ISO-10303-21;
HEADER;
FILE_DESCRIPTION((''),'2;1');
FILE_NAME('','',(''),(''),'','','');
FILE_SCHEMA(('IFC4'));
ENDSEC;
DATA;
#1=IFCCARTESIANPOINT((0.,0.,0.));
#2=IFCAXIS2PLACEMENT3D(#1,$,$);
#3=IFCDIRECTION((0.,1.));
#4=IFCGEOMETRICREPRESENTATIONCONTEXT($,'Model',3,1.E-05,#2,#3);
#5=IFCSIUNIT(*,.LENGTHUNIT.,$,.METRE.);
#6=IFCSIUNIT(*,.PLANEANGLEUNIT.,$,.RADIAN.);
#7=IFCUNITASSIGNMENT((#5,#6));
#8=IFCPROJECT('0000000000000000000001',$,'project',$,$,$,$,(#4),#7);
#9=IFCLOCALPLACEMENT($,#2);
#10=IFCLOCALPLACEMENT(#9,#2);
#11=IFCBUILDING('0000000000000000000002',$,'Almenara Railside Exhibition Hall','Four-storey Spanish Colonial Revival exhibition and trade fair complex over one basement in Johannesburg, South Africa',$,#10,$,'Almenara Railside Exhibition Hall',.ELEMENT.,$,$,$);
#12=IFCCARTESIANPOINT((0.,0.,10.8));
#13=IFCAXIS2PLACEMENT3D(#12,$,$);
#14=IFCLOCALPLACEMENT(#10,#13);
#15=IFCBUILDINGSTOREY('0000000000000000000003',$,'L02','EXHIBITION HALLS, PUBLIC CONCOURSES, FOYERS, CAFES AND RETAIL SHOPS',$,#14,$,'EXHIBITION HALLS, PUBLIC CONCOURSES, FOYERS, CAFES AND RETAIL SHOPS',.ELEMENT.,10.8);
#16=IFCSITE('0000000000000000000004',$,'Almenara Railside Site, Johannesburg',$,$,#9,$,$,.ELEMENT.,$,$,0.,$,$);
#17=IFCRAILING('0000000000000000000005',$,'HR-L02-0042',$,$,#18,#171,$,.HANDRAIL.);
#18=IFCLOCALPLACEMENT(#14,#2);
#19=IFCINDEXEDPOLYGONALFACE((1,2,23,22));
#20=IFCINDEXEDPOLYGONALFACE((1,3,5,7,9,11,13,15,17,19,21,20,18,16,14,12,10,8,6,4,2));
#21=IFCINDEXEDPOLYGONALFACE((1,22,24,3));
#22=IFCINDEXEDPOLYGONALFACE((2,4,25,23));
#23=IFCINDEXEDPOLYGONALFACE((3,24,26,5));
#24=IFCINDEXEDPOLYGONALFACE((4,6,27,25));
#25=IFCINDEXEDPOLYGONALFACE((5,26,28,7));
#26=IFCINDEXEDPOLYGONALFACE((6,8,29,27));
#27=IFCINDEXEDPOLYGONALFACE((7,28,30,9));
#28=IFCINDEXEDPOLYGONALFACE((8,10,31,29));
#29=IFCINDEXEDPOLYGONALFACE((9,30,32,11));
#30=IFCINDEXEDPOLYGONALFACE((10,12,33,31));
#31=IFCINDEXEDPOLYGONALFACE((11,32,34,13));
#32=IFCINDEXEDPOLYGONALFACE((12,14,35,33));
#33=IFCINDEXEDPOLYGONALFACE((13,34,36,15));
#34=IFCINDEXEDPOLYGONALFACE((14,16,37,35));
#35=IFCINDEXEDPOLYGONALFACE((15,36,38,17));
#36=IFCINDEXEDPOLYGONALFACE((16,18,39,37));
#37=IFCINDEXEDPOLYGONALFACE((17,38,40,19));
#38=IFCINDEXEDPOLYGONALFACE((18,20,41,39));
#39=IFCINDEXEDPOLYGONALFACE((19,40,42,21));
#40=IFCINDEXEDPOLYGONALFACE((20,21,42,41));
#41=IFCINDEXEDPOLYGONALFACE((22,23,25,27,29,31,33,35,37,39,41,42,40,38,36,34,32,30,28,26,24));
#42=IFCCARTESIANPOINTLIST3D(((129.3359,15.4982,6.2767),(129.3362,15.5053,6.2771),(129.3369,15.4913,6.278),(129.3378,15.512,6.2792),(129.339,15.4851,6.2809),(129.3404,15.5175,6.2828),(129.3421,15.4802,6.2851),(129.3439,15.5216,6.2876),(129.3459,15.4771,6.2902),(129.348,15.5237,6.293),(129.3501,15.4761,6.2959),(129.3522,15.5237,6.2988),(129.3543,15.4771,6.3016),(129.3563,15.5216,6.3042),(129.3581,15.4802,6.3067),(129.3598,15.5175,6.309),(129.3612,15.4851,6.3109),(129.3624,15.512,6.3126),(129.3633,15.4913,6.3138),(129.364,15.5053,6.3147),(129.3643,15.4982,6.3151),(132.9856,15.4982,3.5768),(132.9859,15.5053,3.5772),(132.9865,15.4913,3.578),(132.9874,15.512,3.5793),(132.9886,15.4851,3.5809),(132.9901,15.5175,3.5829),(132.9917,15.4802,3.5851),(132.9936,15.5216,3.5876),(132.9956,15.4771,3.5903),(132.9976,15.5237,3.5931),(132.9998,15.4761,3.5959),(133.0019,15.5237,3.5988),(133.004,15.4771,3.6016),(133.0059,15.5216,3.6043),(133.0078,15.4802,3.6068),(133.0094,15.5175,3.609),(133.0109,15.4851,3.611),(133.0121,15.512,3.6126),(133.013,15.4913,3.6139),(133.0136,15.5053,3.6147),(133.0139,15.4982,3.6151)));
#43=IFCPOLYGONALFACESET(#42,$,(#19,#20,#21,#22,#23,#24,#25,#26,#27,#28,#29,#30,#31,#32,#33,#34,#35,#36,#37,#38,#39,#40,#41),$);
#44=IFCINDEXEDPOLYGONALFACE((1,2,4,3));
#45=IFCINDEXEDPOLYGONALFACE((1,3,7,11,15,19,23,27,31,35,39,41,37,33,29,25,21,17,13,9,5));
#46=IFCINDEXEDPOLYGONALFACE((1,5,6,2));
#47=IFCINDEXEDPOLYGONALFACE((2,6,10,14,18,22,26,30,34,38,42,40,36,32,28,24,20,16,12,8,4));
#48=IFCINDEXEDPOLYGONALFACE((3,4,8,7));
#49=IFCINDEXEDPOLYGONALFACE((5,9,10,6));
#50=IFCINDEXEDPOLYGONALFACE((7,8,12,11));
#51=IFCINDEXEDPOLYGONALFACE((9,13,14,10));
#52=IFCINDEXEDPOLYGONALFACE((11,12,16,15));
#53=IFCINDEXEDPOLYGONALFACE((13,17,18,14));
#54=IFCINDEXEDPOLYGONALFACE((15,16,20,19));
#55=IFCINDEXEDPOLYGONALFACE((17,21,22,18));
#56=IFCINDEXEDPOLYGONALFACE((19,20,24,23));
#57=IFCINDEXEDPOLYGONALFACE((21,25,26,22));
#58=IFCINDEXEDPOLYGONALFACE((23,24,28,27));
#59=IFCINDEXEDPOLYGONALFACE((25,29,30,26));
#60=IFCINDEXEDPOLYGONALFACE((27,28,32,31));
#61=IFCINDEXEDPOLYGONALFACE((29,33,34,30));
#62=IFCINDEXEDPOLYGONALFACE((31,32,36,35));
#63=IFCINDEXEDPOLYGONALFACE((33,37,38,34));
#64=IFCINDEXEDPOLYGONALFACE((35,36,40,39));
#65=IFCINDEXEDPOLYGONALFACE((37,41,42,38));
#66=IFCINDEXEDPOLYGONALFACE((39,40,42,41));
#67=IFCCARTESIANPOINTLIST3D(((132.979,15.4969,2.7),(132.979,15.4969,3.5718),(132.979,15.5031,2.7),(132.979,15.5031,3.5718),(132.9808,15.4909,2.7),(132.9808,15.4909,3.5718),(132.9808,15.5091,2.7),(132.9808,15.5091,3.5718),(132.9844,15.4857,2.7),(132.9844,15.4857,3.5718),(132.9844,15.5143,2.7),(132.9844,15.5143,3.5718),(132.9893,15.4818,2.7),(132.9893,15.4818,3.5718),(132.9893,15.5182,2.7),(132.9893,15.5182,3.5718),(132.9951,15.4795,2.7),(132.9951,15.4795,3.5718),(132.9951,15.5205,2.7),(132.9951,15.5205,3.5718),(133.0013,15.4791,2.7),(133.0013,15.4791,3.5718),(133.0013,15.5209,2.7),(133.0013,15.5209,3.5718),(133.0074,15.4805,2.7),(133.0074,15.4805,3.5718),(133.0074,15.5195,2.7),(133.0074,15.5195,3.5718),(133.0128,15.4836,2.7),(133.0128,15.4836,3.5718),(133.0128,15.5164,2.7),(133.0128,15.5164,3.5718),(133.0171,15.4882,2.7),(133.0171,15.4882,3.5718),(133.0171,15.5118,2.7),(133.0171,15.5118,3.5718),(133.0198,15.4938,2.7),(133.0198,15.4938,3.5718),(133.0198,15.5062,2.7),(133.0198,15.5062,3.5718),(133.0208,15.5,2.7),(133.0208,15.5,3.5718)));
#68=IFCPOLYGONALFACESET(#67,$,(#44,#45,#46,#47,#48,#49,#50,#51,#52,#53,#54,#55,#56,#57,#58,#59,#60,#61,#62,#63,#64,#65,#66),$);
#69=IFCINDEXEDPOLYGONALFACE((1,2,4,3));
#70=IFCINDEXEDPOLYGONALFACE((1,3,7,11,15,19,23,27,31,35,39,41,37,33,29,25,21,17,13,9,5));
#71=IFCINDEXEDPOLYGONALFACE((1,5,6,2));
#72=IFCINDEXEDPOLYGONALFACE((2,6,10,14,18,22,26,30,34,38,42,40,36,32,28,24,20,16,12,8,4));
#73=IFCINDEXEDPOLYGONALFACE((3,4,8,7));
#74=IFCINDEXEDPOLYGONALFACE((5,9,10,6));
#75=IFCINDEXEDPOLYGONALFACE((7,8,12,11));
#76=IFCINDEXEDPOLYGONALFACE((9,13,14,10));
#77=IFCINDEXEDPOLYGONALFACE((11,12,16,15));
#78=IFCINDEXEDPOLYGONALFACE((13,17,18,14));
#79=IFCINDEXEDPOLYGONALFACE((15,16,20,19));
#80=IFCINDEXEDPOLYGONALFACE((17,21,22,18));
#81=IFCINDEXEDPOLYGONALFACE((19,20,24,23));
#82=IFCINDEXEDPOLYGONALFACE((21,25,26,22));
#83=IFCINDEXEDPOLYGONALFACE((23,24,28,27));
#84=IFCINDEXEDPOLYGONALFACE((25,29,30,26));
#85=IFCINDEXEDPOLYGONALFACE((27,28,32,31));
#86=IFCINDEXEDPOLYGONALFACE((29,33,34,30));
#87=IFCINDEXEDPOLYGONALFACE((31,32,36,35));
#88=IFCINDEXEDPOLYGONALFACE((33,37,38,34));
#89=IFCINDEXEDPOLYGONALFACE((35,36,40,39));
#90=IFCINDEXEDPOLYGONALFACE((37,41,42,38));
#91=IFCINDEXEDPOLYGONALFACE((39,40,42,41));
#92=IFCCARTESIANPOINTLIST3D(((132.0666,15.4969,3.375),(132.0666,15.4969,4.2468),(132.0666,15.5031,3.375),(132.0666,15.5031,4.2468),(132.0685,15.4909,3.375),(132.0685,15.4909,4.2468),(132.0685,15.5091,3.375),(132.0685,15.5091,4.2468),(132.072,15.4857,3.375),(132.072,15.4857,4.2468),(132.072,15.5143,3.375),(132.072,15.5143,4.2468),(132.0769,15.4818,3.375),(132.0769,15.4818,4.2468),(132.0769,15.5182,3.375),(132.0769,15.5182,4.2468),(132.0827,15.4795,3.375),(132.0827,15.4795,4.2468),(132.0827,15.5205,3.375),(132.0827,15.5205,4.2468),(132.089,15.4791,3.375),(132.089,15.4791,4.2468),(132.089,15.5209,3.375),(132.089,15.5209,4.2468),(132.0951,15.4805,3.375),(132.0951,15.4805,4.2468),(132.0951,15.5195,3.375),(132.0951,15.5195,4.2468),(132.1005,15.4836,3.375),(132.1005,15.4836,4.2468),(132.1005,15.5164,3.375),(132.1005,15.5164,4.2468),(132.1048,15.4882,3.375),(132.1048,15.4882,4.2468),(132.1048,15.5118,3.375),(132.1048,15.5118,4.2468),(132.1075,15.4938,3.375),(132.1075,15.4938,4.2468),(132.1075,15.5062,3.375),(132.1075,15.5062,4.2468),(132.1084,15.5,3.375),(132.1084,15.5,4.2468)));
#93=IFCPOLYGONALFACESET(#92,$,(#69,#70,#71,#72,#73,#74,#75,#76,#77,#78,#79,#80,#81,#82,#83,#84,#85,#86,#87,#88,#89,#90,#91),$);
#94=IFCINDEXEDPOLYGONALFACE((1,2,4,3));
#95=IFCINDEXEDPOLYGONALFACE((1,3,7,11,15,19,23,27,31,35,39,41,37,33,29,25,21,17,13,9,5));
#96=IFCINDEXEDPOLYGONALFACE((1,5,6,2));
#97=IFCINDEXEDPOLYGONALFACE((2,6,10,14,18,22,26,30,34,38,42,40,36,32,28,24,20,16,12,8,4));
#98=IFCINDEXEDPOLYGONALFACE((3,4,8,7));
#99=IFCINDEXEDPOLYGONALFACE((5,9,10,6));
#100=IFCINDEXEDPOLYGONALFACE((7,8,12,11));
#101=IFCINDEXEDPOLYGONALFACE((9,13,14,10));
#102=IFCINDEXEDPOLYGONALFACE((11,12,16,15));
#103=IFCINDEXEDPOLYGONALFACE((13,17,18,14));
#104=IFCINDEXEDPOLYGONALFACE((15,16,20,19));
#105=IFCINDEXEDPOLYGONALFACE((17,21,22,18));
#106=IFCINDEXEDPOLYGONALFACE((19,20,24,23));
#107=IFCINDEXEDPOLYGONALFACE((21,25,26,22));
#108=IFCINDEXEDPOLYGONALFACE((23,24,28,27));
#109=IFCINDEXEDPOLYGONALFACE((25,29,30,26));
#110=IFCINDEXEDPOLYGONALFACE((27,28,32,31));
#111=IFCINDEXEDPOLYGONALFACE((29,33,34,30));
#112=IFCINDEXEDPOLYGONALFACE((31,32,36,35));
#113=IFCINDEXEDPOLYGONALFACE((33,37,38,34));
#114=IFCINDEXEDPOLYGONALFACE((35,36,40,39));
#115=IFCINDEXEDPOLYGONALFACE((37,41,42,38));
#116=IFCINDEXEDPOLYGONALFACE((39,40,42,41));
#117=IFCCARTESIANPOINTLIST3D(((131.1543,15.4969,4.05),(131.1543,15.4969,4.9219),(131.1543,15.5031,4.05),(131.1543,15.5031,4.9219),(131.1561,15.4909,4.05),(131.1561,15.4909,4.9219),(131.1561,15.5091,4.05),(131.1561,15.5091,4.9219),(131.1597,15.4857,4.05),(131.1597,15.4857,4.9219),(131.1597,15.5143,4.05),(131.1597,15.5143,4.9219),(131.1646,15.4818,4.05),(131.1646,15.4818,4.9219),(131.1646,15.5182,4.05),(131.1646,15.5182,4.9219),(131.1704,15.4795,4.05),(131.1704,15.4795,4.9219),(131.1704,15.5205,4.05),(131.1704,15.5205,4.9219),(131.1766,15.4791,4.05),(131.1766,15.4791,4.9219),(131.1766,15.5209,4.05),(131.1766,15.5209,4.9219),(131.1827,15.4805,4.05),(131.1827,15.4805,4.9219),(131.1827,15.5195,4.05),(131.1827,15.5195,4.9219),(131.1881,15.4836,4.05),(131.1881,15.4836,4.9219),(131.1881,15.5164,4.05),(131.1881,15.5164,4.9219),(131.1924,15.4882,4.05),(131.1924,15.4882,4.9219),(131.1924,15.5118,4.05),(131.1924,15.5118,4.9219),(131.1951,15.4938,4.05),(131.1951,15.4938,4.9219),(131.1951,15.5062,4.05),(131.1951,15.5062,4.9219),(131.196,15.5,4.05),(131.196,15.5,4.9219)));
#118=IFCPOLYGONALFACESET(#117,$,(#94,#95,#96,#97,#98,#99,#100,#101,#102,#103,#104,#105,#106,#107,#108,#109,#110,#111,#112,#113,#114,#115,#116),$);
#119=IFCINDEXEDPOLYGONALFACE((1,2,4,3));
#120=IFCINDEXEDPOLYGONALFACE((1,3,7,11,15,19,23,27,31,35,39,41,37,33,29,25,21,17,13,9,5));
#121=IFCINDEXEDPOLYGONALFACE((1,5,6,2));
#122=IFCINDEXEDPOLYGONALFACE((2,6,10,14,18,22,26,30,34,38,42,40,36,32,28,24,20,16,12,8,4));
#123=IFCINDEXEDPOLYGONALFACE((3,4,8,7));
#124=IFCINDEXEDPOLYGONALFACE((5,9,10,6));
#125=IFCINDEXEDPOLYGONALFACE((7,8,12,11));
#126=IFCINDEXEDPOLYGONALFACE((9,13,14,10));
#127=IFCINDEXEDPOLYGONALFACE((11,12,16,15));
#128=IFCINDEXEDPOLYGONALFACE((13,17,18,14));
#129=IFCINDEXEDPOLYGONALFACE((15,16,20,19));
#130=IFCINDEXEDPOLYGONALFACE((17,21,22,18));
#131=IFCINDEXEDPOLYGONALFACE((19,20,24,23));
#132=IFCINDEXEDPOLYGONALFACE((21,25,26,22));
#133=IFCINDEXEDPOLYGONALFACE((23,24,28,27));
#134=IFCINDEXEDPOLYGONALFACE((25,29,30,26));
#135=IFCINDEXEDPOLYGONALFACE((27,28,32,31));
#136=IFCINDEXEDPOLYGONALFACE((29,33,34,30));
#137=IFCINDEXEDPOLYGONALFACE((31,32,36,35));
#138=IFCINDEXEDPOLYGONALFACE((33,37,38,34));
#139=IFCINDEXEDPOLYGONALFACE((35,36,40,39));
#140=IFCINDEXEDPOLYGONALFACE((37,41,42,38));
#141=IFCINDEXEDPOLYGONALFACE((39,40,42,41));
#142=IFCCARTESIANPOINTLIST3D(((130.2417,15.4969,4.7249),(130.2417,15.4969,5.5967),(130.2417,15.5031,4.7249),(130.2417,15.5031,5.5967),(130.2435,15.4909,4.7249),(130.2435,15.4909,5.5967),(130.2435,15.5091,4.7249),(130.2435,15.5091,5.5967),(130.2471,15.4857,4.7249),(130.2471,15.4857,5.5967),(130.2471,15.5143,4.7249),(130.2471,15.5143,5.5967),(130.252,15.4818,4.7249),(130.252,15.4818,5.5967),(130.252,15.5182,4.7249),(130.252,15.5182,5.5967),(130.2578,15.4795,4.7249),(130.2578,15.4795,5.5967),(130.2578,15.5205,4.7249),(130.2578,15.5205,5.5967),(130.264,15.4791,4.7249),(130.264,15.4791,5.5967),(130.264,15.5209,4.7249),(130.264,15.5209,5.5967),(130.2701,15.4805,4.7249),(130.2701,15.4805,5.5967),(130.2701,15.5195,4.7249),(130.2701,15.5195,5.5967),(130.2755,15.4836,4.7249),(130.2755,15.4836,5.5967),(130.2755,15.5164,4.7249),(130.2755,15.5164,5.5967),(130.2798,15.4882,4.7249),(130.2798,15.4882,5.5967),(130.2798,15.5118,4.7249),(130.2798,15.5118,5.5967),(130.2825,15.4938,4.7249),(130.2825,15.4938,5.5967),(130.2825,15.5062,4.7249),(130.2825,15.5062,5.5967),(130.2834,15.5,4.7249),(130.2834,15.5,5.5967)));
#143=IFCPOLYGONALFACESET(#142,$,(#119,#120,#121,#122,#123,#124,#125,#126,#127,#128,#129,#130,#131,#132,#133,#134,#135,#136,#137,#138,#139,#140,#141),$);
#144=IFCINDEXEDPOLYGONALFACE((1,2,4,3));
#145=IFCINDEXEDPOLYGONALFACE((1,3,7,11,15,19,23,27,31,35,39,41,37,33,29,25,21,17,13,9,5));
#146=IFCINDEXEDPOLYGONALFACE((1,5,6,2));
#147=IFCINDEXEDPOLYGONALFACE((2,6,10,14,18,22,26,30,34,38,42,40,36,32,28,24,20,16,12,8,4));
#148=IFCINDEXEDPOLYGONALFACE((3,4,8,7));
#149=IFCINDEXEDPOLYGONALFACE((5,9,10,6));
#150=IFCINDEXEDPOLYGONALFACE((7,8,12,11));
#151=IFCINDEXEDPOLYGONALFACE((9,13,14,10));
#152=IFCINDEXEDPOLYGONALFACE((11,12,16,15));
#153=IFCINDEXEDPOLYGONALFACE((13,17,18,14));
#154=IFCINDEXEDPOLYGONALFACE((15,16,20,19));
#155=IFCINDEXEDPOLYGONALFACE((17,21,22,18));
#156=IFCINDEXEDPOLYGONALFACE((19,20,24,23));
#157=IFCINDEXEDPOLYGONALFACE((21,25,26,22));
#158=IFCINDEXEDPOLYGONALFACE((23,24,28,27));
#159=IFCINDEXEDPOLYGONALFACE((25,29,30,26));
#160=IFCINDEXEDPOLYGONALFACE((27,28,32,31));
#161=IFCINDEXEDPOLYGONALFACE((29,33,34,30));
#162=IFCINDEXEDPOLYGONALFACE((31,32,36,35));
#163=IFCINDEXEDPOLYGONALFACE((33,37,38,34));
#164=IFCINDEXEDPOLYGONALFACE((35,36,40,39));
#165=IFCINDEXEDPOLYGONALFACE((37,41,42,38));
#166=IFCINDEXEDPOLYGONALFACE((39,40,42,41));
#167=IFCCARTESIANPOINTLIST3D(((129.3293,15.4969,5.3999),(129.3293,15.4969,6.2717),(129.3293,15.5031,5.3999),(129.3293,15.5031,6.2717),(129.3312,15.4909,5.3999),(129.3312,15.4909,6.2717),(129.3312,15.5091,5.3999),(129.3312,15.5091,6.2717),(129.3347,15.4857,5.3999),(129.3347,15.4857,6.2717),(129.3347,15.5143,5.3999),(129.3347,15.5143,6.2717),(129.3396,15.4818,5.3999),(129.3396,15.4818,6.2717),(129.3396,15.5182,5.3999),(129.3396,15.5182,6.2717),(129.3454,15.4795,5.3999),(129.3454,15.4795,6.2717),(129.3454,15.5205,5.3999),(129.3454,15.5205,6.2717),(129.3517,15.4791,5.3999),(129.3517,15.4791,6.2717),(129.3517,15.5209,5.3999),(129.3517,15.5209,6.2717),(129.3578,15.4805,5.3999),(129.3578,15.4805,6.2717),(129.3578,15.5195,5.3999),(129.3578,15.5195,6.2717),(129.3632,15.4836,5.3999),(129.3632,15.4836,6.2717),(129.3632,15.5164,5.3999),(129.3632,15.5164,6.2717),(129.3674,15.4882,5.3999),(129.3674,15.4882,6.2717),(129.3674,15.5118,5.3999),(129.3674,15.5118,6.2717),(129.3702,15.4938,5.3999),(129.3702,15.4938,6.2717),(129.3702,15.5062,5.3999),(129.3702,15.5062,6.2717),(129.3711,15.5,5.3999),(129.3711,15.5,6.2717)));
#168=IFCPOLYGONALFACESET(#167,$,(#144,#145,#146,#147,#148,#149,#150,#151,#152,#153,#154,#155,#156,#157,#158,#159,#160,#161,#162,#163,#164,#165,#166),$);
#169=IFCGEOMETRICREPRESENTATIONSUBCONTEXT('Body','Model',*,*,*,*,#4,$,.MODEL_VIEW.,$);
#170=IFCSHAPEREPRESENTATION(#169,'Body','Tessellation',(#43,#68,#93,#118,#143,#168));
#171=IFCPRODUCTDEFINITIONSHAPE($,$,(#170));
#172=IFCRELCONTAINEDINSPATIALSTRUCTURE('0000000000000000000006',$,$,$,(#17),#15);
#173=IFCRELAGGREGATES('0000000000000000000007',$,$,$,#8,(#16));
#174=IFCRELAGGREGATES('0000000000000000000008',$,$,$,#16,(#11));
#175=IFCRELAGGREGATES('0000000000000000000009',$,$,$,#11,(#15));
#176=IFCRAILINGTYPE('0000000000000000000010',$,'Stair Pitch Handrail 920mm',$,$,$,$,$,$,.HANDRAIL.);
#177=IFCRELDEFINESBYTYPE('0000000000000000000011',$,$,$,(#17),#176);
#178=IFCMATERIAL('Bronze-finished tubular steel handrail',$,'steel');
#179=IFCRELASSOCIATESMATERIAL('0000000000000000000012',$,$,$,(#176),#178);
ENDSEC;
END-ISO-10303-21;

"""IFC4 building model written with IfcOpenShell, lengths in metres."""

from ifc_helpers import new_model, si_unit, direction, frame, origin, origin_2d, place, context, subcontext, project, spatial, circle, extrude, material, type_object, element, save


model = new_model("IFC4")

# Units and contexts
model_context = context("Model", 3, precision=1e-05, world=origin(), true_north=direction((0.0, 1.0)))
body_context = subcontext(model_context, "Body", "Model", "MODEL_VIEW")
ifc_project = project(units=[si_unit("LENGTHUNIT", "METRE"), si_unit("PLANEANGLEUNIT", "RADIAN")], contexts=[model_context])

# Site, building, storey
site_placement = place(None, origin())
site = spatial("IfcSite", under=ifc_project, at=site_placement, Name="Almenara Railside Site, Johannesburg", CompositionType="ELEMENT", RefElevation=0.0)
building_placement = place(site_placement, origin())
building = spatial("IfcBuilding", under=site, at=building_placement, Name="Almenara Railside Exhibition Hall", Description="Four-storey Spanish Colonial Revival exhibition and trade fair complex over one basement in Johannesburg, South Africa", LongName="Almenara Railside Exhibition Hall", CompositionType="ELEMENT")
storey_placement = place(building_placement, frame((0.0, 0.0, 10.8)))
storey = spatial("IfcBuildingStorey", under=building, at=storey_placement, Name="L02", Description="EXHIBITION HALLS, PUBLIC CONCOURSES, FOYERS, CAFES AND RETAIL SHOPS", LongName="EXHIBITION HALLS, PUBLIC CONCOURSES, FOYERS, CAFES AND RETAIL SHOPS", CompositionType="ELEMENT", Elevation=10.8)

# Railing
ifc_material_1 = material(Name="Bronze-finished tubular steel handrail", Category="steel")
railing_type_1 = type_object("IfcRailingType", Name="Stair Pitch Handrail 920mm", PredefinedType="HANDRAIL", material=ifc_material_1)
railing_1_placement = place(storey_placement, frame((132.9998, 15.5, 2.7)))
element("IfcRailing", 1, at=railing_1_placement, inside=storey, type_object=railing_type_1, Name="HR-L02-0042", PredefinedType="HANDRAIL", context=body_context, shape_type="SweptSolid", body=[
    extrude(circle(Radius=0.0239, at=origin_2d()), frame((0.0, 0.0, 0.896), z_axis=(-0.803926, 0.0, 0.59473), x_axis=(0.0, -1.0, 0.0)), (0.0, 0.0, 1.0), 4.5398),
    extrude(circle(Radius=0.021, at=origin_2d()), origin(), (0.0, 0.0, 1.0), 0.8718),
    extrude(circle(Radius=0.021, at=origin_2d()), frame((-0.9124, 0.0, 0.675)), (0.0, 0.0, 1.0), 0.8718),
    extrude(circle(Radius=0.021, at=origin_2d()), frame((-1.8247, 0.0, 1.3501)), (0.0, 0.0, 1.0), 0.8718),
    extrude(circle(Radius=0.021, at=origin_2d()), frame((-2.7373, 0.0, 2.0249)), (0.0, 0.0, 1.0), 0.8718),
    extrude(circle(Radius=0.021, at=origin_2d()), frame((-3.6497, 0.0, 2.7)), (0.0, 0.0, 1.0), 0.8718),
])

save(model, "model.ifc")
